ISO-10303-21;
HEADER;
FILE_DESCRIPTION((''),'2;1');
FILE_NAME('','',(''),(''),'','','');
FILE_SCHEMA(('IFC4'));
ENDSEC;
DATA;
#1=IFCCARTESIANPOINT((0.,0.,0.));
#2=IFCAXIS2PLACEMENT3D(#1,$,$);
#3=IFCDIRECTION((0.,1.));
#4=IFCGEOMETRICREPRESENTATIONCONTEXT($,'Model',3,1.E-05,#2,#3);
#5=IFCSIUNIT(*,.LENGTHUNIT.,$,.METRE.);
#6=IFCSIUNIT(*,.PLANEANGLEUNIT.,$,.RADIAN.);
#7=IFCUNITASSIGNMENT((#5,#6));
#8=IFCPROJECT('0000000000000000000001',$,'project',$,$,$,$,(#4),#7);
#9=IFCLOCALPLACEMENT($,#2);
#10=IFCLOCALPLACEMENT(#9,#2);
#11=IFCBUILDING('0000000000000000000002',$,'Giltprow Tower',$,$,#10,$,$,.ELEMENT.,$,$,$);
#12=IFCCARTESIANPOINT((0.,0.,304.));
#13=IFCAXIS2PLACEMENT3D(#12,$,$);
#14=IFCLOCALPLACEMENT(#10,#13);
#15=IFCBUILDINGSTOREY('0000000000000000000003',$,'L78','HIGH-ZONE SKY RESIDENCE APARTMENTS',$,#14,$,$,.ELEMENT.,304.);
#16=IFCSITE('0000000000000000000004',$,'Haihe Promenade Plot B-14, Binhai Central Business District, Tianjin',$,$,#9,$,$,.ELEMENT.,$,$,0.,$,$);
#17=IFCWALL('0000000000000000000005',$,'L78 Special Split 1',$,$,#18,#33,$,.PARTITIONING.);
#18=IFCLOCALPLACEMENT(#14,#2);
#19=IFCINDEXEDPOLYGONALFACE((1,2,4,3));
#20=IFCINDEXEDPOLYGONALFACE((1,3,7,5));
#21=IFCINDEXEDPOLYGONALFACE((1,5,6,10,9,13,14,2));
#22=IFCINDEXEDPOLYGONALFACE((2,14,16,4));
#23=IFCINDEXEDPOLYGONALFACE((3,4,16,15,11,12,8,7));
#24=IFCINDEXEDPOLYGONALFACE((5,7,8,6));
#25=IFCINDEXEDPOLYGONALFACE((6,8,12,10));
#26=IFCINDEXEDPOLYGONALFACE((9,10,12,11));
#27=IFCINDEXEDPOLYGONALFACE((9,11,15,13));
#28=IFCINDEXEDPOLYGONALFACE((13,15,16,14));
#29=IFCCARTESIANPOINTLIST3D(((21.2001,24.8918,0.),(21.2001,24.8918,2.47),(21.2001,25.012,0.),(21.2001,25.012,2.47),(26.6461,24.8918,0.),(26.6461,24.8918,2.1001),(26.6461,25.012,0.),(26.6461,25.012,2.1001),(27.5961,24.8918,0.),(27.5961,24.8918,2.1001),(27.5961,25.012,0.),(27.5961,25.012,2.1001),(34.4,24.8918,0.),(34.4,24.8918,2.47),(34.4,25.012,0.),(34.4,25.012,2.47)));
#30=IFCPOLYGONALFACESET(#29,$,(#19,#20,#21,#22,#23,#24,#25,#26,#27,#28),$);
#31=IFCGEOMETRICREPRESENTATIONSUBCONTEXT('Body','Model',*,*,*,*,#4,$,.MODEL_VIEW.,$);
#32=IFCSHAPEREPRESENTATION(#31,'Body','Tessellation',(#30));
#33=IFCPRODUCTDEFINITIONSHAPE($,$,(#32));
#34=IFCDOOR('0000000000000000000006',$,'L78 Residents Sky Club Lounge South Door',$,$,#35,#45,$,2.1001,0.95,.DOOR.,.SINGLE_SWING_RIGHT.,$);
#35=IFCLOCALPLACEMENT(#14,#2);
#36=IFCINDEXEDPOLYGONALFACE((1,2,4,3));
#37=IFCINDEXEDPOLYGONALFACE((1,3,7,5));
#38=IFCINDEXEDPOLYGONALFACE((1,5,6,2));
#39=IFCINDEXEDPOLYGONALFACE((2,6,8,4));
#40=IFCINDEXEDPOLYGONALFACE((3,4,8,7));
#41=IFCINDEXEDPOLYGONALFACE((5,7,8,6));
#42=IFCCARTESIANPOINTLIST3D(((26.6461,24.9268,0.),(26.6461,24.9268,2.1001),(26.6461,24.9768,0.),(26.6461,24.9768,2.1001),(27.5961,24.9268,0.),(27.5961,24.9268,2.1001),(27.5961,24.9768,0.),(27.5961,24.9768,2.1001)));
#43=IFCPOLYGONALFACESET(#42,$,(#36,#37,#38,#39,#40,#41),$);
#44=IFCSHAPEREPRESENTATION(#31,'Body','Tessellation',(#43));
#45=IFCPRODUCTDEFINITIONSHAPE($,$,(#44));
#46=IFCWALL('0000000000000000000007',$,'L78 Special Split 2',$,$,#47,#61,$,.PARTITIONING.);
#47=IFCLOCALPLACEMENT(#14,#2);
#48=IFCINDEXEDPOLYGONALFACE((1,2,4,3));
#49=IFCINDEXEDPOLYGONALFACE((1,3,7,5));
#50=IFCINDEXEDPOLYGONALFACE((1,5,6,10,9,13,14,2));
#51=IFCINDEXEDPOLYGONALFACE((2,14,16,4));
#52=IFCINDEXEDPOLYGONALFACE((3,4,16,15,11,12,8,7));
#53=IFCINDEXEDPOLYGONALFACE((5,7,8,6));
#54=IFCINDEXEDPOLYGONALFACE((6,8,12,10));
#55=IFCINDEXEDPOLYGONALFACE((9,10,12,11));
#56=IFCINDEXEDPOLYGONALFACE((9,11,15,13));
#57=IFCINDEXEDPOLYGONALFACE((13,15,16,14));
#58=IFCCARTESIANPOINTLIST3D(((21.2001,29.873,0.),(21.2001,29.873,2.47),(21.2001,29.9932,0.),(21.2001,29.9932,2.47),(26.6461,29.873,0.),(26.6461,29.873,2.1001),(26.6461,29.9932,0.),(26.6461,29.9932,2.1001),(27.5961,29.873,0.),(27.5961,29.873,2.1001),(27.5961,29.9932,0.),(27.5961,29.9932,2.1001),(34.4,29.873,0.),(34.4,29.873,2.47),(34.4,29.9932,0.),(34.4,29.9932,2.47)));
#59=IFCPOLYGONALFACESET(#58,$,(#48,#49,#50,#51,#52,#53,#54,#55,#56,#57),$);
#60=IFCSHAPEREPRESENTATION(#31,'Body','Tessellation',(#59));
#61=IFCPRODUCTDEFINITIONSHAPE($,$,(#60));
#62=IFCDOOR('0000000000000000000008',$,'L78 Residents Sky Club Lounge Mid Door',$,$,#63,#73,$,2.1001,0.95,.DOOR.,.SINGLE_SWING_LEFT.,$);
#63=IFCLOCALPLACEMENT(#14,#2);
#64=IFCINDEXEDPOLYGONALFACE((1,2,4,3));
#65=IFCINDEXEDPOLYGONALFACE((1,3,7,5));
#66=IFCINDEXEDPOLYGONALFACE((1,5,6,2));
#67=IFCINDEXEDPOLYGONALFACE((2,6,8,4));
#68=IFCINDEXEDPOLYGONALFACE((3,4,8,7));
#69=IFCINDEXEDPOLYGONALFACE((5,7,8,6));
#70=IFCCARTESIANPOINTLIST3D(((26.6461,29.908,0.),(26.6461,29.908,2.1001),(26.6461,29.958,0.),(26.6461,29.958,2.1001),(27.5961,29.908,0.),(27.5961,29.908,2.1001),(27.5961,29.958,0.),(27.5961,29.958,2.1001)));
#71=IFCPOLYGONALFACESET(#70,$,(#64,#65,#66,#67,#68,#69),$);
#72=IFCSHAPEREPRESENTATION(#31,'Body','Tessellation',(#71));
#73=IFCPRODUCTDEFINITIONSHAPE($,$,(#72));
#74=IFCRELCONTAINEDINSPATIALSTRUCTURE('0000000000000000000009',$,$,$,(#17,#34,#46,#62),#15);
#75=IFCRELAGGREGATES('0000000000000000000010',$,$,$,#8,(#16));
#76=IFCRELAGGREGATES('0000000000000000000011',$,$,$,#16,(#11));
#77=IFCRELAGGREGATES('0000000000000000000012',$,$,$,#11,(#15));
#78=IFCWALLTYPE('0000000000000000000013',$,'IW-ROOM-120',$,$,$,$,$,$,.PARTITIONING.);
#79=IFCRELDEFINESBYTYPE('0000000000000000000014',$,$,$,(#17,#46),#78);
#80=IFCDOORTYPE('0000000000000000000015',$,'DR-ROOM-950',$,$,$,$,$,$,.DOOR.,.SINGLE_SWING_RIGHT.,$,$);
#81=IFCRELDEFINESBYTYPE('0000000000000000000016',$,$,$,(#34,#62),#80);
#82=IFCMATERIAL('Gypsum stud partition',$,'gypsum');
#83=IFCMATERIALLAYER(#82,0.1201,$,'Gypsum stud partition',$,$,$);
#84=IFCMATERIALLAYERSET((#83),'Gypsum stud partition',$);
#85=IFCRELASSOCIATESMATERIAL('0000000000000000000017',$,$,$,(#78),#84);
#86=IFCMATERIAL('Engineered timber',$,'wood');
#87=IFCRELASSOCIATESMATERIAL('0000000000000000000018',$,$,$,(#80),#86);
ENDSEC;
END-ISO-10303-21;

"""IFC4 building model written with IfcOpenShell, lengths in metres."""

from ifc_helpers import new_model, si_unit, direction, frame, frame_2d, origin, place, context, subcontext, project, spatial, rectangle, extrude, source, transform, mapped, material, layer, layer_set, type_object, element, fill, save


model = new_model("IFC4")

# Units and contexts
model_context = context("Model", 3, precision=1e-05, world=origin(), true_north=direction((0.0, 1.0)))
body_context = subcontext(model_context, "Body", "Model", "MODEL_VIEW")
ifc_project = project(units=[si_unit("LENGTHUNIT", "METRE"), si_unit("PLANEANGLEUNIT", "RADIAN")], contexts=[model_context])

# Site, building, storey
site_placement = place(None, origin())
site = spatial("IfcSite", under=ifc_project, at=site_placement, Name="Haihe Promenade Plot B-14, Binhai Central Business District, Tianjin", CompositionType="ELEMENT", RefElevation=0.0)
building_placement = place(site_placement, origin())
building = spatial("IfcBuilding", under=site, at=building_placement, Name="Giltprow Tower", CompositionType="ELEMENT")
storey_placement = place(building_placement, frame((0.0, 0.0, 304.0)))
storey = spatial("IfcBuildingStorey", under=building, at=storey_placement, Name="L78", Description="HIGH-ZONE SKY RESIDENCE APARTMENTS", CompositionType="ELEMENT", Elevation=304.0)

# Shared definitions
ifc_material_1 = material(Name="Gypsum stud partition", Category="gypsum")

# Walls, openings, doors
ifc_layer_1 = layer(ifc_material_1, 0.1201, Name="Gypsum stud partition")
ifc_layer_set_1 = layer_set([ifc_layer_1], Name="Gypsum stud partition")
wall_type_1 = type_object("IfcWallType", Name="IW-ROOM-120", PredefinedType="PARTITIONING", material=ifc_layer_set_1)
wall_1_placement = place(storey_placement, frame((21.2, 24.9519, 0.0), z_axis=(0.0, 0.0, 1.0), x_axis=(1.0, 0.0, 0.0)))
wall_1 = element("IfcWall", 1, at=wall_1_placement, inside=storey, type_object=wall_type_1, Name="L78 Special Split 1", PredefinedType="PARTITIONING", context=body_context, shape_type="SweptSolid", body=[
    extrude(rectangle(XDim=13.2, YDim=0.1201, at=frame_2d((6.6001, 0.0))), origin(), (0.0, 0.0, 1.0), 2.47),
])
opening_1_placement = place(wall_1_placement, frame((5.446, 0.0, 0.0)))
opening_1 = element("IfcOpeningElement", 2, at=opening_1_placement, cuts=wall_1, PredefinedType="OPENING", context=body_context, shape_type="SweptSolid", body=[
    extrude(rectangle(XDim=0.95, YDim=2.1001, at=frame_2d((0.4751, 1.05))), frame((0.0, 0.0701, 0.0), z_axis=(0.0, -1.0, 0.0), x_axis=(1.0, 0.0, 0.0)), (0.0, 0.0, 1.0), 0.1401),
])
ifc_material_2 = material(Name="Engineered timber", Category="wood")
door_type_1 = type_object("IfcDoorType", Name="DR-ROOM-950", OperationType="SINGLE_SWING_RIGHT", PredefinedType="DOOR", material=ifc_material_2)
shared_shape_1 = source(origin(), body_context, "Body", "SweptSolid", [
    extrude(rectangle(XDim=0.95, YDim=2.1001, at=frame_2d((0.4751, 1.05))), frame((0.0, 0.0249, 0.0), z_axis=(0.0, -1.0, 0.0), x_axis=(1.0, 0.0, 0.0)), (0.0, 0.0, 1.0), 0.05),
])
door_1_placement = place(opening_1_placement, origin())
door_1 = element("IfcDoor", 3, at=door_1_placement, inside=storey, type_object=door_type_1, Name="L78 Residents Sky Club Lounge South Door", OperationType="SINGLE_SWING_RIGHT", OverallHeight=2.1001, OverallWidth=0.95, PredefinedType="DOOR", context=body_context, shape_type="MappedRepresentation", body=[
    mapped(shared_shape_1, transform((0.0, 0.0, 0.0), x_axis=(1.0, 0.0, 0.0), y_axis=(0.0, 1.0, 0.0), z_axis=(0.0, 0.0, 1.0), scale=1.0)),
])
fill(opening_1, door_1)
wall_2_placement = place(storey_placement, frame((21.2, 29.9331, 0.0), z_axis=(0.0, 0.0, 1.0), x_axis=(1.0, 0.0, 0.0)))
wall_2 = element("IfcWall", 4, at=wall_2_placement, inside=storey, type_object=wall_type_1, Name="L78 Special Split 2", PredefinedType="PARTITIONING", context=body_context, shape_type="SweptSolid", body=[
    extrude(rectangle(XDim=13.2, YDim=0.1201, at=frame_2d((6.6001, 0.0))), origin(), (0.0, 0.0, 1.0), 2.47),
])
opening_2_placement = place(wall_2_placement, frame((5.446, 0.0, 0.0)))
opening_2 = element("IfcOpeningElement", 5, at=opening_2_placement, cuts=wall_2, PredefinedType="OPENING", context=body_context, shape_type="SweptSolid", body=[
    extrude(rectangle(XDim=0.95, YDim=2.1001, at=frame_2d((0.4751, 1.05))), frame((0.0, 0.0701, 0.0), z_axis=(0.0, -1.0, 0.0), x_axis=(1.0, 0.0, 0.0)), (0.0, 0.0, 1.0), 0.1401),
])
door_2_placement = place(opening_2_placement, origin())
door_2 = element("IfcDoor", 6, at=door_2_placement, inside=storey, type_object=door_type_1, Name="L78 Residents Sky Club Lounge Mid Door", OperationType="SINGLE_SWING_LEFT", OverallHeight=2.1001, OverallWidth=0.95, PredefinedType="DOOR", context=body_context, shape_type="MappedRepresentation", body=[
    mapped(shared_shape_1, transform((0.0, 0.0, 0.0), x_axis=(1.0, 0.0, 0.0), y_axis=(0.0, 1.0, 0.0), z_axis=(0.0, 0.0, 1.0), scale=1.0)),
])
fill(opening_2, door_2)

save(model, "model.ifc")
